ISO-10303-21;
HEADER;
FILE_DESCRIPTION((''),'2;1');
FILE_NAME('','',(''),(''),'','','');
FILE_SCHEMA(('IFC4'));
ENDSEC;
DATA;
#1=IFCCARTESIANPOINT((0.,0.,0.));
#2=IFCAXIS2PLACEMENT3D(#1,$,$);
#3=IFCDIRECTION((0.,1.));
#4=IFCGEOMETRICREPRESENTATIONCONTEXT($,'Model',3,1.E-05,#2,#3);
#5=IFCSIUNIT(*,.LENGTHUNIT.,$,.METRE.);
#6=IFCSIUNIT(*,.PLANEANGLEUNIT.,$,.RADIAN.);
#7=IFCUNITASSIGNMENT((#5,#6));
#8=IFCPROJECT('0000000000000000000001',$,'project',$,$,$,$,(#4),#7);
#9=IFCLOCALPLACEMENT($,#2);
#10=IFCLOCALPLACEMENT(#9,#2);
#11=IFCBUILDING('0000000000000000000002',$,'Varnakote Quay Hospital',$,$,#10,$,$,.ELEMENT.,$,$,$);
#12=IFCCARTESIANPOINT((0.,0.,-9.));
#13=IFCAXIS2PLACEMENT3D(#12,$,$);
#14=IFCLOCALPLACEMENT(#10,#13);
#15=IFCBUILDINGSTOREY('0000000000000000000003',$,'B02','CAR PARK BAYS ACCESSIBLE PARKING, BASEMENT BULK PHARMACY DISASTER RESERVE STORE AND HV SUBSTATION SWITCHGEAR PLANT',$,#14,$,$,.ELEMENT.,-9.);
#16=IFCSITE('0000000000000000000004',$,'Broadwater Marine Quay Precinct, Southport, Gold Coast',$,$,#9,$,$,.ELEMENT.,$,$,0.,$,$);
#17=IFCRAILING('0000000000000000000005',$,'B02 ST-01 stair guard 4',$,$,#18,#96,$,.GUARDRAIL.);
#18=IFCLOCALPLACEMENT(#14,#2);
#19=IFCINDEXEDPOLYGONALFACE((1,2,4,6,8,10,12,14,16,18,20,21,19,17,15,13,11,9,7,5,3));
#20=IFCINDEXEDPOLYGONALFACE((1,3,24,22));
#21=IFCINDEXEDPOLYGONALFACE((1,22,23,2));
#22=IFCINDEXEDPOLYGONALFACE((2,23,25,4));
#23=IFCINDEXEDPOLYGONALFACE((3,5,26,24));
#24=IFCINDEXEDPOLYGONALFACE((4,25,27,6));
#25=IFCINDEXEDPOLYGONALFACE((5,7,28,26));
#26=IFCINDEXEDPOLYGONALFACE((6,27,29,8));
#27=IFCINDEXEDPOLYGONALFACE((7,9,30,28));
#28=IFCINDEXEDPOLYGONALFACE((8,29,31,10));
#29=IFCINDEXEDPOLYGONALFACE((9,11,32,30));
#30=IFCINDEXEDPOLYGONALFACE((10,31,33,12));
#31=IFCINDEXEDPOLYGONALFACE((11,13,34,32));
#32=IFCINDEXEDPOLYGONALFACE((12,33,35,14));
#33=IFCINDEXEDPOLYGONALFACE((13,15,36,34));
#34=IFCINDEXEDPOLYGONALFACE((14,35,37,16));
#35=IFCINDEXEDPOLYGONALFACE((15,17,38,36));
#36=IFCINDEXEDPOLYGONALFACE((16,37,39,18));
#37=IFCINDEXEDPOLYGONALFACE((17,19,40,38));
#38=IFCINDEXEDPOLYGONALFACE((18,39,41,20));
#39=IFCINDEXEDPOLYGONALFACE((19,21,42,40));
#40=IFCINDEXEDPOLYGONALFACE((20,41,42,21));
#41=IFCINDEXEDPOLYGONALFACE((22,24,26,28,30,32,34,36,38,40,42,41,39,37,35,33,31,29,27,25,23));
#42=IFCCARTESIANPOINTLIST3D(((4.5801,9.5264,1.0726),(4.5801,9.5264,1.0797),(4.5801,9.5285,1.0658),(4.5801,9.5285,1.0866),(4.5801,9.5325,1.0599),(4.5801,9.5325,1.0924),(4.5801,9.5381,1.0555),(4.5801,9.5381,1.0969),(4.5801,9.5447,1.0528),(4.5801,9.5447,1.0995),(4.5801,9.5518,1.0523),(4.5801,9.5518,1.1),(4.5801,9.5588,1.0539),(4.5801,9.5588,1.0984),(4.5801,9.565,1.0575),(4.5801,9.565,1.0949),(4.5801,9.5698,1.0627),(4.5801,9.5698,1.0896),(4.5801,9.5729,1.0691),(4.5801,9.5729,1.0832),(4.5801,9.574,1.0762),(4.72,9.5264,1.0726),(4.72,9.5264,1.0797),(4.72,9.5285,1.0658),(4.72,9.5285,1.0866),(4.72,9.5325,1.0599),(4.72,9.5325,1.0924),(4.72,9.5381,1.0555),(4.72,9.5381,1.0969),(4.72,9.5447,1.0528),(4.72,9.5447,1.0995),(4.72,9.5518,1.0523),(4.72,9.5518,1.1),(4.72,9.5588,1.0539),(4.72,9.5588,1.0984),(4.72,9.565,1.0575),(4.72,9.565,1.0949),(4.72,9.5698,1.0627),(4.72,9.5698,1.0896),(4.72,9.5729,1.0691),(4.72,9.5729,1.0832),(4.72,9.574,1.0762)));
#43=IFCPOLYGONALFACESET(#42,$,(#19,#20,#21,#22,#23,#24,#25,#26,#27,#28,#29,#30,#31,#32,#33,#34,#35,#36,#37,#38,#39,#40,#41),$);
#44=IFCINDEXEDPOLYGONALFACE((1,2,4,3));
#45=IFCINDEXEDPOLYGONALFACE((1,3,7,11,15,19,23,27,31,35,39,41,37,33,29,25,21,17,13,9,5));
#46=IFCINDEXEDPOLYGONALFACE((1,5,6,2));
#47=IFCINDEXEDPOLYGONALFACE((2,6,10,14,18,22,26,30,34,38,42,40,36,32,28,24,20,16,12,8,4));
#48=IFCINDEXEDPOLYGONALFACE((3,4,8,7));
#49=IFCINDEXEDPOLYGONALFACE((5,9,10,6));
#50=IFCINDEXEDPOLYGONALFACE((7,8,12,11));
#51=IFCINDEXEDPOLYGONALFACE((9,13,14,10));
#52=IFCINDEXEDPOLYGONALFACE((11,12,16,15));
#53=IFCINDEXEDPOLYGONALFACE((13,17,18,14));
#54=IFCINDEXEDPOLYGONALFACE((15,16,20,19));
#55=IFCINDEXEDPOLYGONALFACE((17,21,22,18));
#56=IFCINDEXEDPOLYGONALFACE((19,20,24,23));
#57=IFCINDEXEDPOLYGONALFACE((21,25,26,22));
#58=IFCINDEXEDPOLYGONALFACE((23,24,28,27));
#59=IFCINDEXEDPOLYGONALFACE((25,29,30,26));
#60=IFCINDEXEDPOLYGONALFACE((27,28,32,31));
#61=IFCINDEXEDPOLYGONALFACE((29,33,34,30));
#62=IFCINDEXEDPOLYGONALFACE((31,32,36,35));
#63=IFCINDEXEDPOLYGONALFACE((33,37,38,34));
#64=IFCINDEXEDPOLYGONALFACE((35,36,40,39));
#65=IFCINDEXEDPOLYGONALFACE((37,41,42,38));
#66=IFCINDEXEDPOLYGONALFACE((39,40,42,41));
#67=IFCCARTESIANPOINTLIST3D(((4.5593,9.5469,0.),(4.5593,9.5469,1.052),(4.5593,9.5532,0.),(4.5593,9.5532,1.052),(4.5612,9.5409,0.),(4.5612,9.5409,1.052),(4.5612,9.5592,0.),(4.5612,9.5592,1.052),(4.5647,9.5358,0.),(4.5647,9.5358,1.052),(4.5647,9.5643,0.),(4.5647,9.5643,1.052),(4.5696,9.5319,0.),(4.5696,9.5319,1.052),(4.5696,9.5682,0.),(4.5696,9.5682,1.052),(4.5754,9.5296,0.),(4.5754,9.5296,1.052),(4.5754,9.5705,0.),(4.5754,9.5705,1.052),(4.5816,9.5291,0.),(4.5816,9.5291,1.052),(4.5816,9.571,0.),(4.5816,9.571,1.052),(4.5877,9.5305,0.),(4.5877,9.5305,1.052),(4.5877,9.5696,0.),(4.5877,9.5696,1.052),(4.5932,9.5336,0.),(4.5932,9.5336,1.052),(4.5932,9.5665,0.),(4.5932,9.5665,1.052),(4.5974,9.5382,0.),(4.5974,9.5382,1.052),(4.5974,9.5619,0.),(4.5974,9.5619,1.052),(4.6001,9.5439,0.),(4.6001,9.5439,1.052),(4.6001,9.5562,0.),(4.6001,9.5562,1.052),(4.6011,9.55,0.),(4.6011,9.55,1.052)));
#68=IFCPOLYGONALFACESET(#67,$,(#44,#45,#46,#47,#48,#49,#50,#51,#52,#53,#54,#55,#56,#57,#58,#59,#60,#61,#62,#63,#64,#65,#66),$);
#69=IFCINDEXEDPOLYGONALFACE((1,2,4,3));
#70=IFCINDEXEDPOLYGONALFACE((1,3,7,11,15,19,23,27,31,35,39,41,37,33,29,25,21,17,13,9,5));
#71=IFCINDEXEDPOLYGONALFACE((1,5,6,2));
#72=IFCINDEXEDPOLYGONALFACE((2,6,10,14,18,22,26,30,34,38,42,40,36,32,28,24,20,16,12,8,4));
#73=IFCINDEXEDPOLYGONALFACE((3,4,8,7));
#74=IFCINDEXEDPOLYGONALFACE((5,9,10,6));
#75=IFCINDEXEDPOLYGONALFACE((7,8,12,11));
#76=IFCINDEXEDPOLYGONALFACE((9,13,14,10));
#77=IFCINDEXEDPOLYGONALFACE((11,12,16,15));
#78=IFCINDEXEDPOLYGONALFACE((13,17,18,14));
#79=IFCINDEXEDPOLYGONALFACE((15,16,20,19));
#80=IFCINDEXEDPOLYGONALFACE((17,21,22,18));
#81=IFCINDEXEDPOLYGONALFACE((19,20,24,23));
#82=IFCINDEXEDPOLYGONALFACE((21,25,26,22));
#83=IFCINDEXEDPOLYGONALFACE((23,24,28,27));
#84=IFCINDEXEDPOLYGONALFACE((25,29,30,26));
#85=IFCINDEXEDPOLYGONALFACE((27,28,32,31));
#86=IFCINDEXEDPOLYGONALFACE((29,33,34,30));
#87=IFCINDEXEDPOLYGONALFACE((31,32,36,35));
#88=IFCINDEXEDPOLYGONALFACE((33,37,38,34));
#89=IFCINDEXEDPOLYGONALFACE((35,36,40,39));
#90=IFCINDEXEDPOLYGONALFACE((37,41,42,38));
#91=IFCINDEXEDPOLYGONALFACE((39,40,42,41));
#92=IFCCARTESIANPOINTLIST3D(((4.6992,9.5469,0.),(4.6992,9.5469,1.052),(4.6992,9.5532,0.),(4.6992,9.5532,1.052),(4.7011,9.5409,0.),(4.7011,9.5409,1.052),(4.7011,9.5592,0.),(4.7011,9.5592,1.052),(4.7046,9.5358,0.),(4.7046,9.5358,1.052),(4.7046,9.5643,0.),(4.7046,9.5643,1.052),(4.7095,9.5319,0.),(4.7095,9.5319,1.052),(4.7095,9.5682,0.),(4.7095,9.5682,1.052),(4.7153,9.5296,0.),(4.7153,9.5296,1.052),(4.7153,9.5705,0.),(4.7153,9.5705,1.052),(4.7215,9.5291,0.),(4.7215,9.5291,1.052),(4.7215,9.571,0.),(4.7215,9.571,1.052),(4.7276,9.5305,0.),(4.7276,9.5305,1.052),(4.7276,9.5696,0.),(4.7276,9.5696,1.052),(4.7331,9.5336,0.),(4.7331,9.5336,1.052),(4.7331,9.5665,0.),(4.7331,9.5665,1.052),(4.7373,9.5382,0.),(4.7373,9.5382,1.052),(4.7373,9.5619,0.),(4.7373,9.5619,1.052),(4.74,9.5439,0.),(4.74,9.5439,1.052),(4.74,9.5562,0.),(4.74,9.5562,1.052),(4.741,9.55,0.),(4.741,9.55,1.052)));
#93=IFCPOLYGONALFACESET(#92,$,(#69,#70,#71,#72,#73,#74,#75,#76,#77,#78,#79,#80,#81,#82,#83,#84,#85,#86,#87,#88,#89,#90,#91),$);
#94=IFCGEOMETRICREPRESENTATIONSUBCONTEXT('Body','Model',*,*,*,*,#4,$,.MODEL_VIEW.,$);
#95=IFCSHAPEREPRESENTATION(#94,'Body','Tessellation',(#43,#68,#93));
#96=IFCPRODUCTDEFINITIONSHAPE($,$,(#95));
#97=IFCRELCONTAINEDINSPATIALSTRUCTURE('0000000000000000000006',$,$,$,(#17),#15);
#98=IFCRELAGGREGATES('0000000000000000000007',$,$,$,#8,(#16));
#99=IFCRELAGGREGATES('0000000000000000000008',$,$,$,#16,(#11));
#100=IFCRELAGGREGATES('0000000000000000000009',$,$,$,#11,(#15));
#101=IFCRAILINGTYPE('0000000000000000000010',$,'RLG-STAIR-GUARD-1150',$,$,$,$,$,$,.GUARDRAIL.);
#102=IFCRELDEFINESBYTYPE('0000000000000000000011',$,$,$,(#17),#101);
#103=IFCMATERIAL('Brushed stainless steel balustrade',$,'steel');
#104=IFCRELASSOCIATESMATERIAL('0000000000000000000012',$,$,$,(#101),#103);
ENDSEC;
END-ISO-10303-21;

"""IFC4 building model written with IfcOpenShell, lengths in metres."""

from ifc_helpers import new_model, si_unit, direction, frame, origin, origin_2d, place, context, subcontext, project, spatial, circle, extrude, material, type_object, element, save


model = new_model("IFC4")

# Units and contexts
model_context = context("Model", 3, precision=1e-05, world=origin(), true_north=direction((0.0, 1.0)))
body_context = subcontext(model_context, "Body", "Model", "MODEL_VIEW")
ifc_project = project(units=[si_unit("LENGTHUNIT", "METRE"), si_unit("PLANEANGLEUNIT", "RADIAN")], contexts=[model_context])

# Site, building, storey
site_placement = place(None, origin())
site = spatial("IfcSite", under=ifc_project, at=site_placement, Name="Broadwater Marine Quay Precinct, Southport, Gold Coast", CompositionType="ELEMENT", RefElevation=0.0)
building_placement = place(site_placement, origin())
building = spatial("IfcBuilding", under=site, at=building_placement, Name="Varnakote Quay Hospital", CompositionType="ELEMENT")
storey_placement = place(building_placement, frame((0.0, 0.0, -9.0)))
storey = spatial("IfcBuildingStorey", under=building, at=storey_placement, Name="B02", Description="CAR PARK BAYS ACCESSIBLE PARKING, BASEMENT BULK PHARMACY DISASTER RESERVE STORE AND HV SUBSTATION SWITCHGEAR PLANT", CompositionType="ELEMENT", Elevation=-9.0)

# Railing
ifc_material_1 = material(Name="Brushed stainless steel balustrade", Category="steel")
railing_type_1 = type_object("IfcRailingType", Name="RLG-STAIR-GUARD-1150", PredefinedType="GUARDRAIL", material=ifc_material_1)
railing_1_placement = place(storey_placement, frame((4.5801, 9.55, 0.0)))
element("IfcRailing", 1, at=railing_1_placement, inside=storey, type_object=railing_type_1, Name="B02 ST-01 stair guard 4", PredefinedType="GUARDRAIL", context=body_context, shape_type="SweptSolid", body=[
    extrude(circle(Radius=0.0239, at=origin_2d()), frame((0.0, 0.0, 1.0762), z_axis=(1.0, 0.0, 0.0), x_axis=(0.0, 1.0, 0.0)), (0.0, 0.0, 1.0), 0.1399),
    extrude(circle(Radius=0.021, at=origin_2d()), origin(), (0.0, 0.0, 1.0), 1.052),
    extrude(circle(Radius=0.021, at=origin_2d()), frame((0.1399, 0.0, 0.0)), (0.0, 0.0, 1.0), 1.052),
])

save(model, "model.ifc")
